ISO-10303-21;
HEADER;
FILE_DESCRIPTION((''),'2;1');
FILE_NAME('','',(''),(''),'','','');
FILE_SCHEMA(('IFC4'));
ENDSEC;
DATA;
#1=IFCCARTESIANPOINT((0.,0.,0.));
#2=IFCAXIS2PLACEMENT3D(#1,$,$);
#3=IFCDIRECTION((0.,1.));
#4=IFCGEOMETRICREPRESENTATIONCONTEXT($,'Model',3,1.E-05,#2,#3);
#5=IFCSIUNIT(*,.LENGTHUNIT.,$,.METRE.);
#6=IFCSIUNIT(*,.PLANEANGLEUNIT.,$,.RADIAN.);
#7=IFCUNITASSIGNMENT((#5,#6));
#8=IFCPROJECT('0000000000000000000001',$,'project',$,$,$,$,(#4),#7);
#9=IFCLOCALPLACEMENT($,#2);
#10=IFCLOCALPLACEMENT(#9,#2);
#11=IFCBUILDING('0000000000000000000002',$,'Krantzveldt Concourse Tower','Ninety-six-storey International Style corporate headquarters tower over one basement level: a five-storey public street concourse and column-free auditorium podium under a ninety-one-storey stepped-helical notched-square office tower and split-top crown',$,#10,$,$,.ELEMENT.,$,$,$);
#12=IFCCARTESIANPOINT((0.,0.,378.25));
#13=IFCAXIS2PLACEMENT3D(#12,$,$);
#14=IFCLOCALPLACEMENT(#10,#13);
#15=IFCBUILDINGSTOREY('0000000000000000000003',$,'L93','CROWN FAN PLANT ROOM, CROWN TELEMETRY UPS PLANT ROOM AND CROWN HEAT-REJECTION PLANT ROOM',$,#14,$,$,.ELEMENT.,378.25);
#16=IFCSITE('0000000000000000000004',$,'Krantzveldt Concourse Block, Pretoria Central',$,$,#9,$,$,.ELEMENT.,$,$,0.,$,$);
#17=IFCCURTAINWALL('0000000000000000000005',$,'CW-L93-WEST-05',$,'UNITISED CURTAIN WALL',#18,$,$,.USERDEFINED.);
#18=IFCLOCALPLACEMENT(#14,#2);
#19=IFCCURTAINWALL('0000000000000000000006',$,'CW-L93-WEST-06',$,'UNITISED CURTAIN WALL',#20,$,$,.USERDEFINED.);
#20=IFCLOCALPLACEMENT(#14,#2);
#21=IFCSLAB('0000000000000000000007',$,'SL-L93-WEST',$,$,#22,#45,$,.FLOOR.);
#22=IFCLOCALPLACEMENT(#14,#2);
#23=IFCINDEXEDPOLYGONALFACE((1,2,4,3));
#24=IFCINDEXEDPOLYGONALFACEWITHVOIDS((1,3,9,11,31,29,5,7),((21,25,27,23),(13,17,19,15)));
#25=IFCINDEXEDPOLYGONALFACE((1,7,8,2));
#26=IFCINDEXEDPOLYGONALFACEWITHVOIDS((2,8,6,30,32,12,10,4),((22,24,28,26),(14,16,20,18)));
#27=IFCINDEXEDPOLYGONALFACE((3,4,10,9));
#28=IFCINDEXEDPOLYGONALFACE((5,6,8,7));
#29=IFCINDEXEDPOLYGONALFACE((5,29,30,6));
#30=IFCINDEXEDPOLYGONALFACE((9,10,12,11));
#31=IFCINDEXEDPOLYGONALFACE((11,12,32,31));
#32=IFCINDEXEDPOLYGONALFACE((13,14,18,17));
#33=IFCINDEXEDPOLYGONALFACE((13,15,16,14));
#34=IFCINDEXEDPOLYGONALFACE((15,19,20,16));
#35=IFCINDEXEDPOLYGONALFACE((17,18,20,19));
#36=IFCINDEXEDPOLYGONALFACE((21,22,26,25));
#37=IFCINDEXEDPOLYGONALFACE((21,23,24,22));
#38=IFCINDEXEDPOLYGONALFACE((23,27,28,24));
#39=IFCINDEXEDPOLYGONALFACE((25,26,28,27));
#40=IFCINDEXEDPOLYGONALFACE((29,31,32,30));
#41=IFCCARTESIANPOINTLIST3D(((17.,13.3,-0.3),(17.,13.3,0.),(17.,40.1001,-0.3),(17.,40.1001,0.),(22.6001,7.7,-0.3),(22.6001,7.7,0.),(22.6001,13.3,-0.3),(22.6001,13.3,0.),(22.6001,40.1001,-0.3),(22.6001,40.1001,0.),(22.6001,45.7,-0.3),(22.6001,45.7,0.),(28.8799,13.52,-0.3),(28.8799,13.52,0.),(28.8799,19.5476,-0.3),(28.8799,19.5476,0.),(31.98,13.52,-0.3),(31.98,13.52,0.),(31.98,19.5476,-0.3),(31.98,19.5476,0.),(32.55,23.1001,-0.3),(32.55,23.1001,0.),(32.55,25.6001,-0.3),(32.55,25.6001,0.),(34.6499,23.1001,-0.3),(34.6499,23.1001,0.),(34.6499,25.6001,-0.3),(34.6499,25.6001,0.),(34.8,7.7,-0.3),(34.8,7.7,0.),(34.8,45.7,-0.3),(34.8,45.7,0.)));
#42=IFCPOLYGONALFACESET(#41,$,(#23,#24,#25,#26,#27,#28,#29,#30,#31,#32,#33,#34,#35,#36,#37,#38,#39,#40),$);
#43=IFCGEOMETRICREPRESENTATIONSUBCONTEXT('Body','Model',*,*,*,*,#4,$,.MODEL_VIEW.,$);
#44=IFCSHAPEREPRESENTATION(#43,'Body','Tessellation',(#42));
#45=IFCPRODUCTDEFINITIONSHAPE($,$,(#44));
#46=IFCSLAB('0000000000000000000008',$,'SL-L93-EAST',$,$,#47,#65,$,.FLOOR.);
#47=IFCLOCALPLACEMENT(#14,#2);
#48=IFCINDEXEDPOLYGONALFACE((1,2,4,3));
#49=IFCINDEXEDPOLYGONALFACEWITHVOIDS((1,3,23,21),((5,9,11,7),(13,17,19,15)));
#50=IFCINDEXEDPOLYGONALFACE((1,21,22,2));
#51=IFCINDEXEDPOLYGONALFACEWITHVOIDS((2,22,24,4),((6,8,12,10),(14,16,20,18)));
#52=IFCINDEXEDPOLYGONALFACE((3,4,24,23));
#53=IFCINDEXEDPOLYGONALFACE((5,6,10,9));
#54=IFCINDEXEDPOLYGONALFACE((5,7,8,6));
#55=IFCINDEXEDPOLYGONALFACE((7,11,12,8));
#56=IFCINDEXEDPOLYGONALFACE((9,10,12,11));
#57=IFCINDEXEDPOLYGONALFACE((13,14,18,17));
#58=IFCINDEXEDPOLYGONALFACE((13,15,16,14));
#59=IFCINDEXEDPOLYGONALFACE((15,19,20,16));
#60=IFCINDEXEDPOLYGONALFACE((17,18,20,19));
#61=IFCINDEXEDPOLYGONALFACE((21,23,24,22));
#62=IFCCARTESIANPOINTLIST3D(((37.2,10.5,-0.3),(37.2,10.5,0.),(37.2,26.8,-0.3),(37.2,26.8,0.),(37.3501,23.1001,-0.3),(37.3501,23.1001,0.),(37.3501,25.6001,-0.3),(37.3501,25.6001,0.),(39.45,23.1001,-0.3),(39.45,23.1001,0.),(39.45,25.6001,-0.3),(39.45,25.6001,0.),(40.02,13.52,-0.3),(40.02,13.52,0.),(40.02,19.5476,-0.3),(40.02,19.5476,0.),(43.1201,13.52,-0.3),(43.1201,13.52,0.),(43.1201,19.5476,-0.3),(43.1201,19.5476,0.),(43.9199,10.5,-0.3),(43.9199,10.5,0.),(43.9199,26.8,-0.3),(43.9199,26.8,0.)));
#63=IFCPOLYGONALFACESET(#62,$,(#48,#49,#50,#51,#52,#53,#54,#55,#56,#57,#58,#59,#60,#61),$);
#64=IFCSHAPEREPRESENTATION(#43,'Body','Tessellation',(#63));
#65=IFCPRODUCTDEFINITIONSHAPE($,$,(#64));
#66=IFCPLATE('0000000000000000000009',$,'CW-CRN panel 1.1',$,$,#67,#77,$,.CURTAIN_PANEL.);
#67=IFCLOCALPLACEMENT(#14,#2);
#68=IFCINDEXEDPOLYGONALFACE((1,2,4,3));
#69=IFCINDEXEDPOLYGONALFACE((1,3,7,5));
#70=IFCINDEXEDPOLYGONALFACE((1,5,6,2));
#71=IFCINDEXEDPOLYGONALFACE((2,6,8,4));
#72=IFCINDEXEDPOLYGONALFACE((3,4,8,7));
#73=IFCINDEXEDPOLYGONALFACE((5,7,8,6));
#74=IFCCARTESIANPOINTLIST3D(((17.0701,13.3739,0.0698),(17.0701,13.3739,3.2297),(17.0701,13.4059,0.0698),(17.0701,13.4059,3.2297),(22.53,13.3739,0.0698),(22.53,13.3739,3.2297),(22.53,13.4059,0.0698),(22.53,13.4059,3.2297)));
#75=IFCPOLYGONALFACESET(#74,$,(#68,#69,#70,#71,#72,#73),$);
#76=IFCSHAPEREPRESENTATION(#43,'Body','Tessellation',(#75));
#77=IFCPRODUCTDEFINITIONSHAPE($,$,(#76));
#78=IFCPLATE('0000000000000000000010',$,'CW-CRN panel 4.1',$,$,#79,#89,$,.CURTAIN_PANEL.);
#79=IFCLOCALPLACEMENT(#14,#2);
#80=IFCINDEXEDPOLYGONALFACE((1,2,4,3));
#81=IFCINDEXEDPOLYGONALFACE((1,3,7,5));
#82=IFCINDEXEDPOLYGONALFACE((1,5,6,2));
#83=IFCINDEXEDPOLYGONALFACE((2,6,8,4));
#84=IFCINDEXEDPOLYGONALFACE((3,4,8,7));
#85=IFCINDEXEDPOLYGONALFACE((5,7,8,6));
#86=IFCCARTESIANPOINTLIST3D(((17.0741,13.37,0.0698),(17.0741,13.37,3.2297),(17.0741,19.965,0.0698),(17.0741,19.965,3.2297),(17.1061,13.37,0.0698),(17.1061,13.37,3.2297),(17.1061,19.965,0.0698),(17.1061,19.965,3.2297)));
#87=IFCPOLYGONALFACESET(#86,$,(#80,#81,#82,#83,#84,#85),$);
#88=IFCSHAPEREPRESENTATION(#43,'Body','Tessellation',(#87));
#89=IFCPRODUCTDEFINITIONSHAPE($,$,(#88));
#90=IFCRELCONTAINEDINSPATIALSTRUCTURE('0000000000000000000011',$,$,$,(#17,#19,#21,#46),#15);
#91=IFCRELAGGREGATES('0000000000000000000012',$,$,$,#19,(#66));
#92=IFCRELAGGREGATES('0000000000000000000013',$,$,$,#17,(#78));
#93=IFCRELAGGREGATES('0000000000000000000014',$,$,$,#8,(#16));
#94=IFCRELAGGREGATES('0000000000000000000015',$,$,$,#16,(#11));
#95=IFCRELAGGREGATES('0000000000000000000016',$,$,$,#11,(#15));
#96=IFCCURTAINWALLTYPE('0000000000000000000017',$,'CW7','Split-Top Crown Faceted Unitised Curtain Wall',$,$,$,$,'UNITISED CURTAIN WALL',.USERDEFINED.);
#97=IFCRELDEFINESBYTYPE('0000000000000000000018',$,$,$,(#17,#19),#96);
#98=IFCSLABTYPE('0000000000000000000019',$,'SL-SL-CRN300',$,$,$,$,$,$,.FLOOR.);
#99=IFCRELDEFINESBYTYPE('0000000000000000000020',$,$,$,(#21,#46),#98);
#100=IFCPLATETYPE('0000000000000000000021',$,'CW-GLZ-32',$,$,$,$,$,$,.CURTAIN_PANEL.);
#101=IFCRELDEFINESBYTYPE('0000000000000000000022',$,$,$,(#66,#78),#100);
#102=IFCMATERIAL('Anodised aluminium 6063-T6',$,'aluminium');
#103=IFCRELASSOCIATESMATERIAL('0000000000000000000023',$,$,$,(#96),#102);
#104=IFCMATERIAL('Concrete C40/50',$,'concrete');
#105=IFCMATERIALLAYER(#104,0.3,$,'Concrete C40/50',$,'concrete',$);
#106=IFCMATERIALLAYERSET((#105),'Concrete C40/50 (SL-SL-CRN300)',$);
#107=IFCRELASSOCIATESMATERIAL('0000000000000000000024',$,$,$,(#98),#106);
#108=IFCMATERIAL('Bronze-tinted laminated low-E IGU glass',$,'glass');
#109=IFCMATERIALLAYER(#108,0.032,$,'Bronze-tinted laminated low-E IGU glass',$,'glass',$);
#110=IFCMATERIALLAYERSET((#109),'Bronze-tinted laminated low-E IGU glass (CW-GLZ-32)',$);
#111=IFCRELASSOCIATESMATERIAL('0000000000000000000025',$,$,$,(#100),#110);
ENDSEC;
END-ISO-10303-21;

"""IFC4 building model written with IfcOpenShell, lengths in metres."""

from ifc_helpers import new_model, si_unit, direction, frame, origin, origin_2d, place, context, subcontext, project, spatial, polyline, rectangle, outline, extrude, source, transform, mapped, material, layer, layer_set, type_object, type_shapes, element, aggregate, save


model = new_model("IFC4")

# Units and contexts
model_context = context("Model", 3, precision=1e-05, world=origin(), true_north=direction((0.0, 1.0)))
body_context = subcontext(model_context, "Body", "Model", "MODEL_VIEW")
ifc_project = project(units=[si_unit("LENGTHUNIT", "METRE"), si_unit("PLANEANGLEUNIT", "RADIAN")], contexts=[model_context])

# Site, building, storey
site_placement = place(None, origin())
site = spatial("IfcSite", under=ifc_project, at=site_placement, Name="Krantzveldt Concourse Block, Pretoria Central", CompositionType="ELEMENT", RefElevation=0.0)
building_placement = place(site_placement, origin())
building = spatial("IfcBuilding", under=site, at=building_placement, Name="Krantzveldt Concourse Tower", Description="Ninety-six-storey International Style corporate headquarters tower over one basement level: a five-storey public street concourse and column-free auditorium podium under a ninety-one-storey stepped-helical notched-square office tower and split-top crown", CompositionType="ELEMENT")
storey_placement = place(building_placement, frame((0.0, 0.0, 378.25)))
storey = spatial("IfcBuildingStorey", under=building, at=storey_placement, Name="L93", Description="CROWN FAN PLANT ROOM, CROWN TELEMETRY UPS PLANT ROOM AND CROWN HEAT-REJECTION PLANT ROOM", CompositionType="ELEMENT", Elevation=378.25)

# Curtain walls
ifc_material_1 = material(Name="Anodised aluminium 6063-T6", Category="aluminium")
curtain_wall_type = type_object("IfcCurtainWallType", Name="CW7", Description="Split-Top Crown Faceted Unitised Curtain Wall", ElementType="UNITISED CURTAIN WALL", PredefinedType="USERDEFINED", material=ifc_material_1)
curtain_wall_1_placement = place(storey_placement, origin())
curtain_wall_1 = element("IfcCurtainWall", 1, at=curtain_wall_1_placement, inside=storey, type_object=curtain_wall_type, Name="CW-L93-WEST-05", ObjectType="UNITISED CURTAIN WALL", PredefinedType="USERDEFINED")
curtain_wall_2_placement = place(storey_placement, origin())
curtain_wall_2 = element("IfcCurtainWall", 2, at=curtain_wall_2_placement, inside=storey, type_object=curtain_wall_type, Name="CW-L93-WEST-06", ObjectType="UNITISED CURTAIN WALL", PredefinedType="USERDEFINED")

# Slabs
ifc_material_2 = material(Name="Concrete C40/50", Category="concrete")
ifc_layer_1 = layer(ifc_material_2, 0.3, Name="Concrete C40/50", Category="concrete")
ifc_layer_set_1 = layer_set([ifc_layer_1], Name="Concrete C40/50 (SL-SL-CRN300)")
slab_type_1 = type_object("IfcSlabType", Name="SL-SL-CRN300", PredefinedType="FLOOR", material=ifc_layer_set_1)
slab_1_placement = place(storey_placement, frame((0.0, 0.0, -0.3)))
element("IfcSlab", 3, at=slab_1_placement, inside=storey, type_object=slab_type_1, Name="SL-L93-WEST", PredefinedType="FLOOR", context=body_context, shape_type="SweptSolid", body=[
    extrude(outline(polyline([(22.6001, 7.7), (34.8, 7.7), (34.8, 45.7), (22.6001, 45.7), (22.6001, 40.1001), (17.0, 40.1001), (17.0, 13.3), (22.6001, 13.3), (22.6001, 7.7)]), holes=[polyline([(28.8799, 19.5476), (28.8799, 13.52), (31.98, 13.52), (31.98, 19.5476), (28.8799, 19.5476)]), polyline([(32.55, 23.1001), (34.6499, 23.1001), (34.6499, 25.6001), (32.55, 25.6001), (32.55, 23.1001)])]), origin(), (0.0, 0.0, 1.0), 0.3),
])
slab_2_placement = place(storey_placement, frame((0.0, 0.0, -0.3)))
element("IfcSlab", 4, at=slab_2_placement, inside=storey, type_object=slab_type_1, Name="SL-L93-EAST", PredefinedType="FLOOR", context=body_context, shape_type="SweptSolid", body=[
    extrude(outline(polyline([(37.2, 10.5), (43.9199, 10.5), (43.9199, 26.8), (37.2, 26.8), (37.2, 10.5)]), holes=[polyline([(40.02, 19.5476), (40.02, 13.52), (43.1201, 13.52), (43.1201, 19.5476), (40.02, 19.5476)]), polyline([(37.3501, 23.1001), (39.45, 23.1001), (39.45, 25.6001), (37.3501, 25.6001), (37.3501, 23.1001)])]), origin(), (0.0, 0.0, 1.0), 0.3),
])

# Plates
ifc_material_3 = material(Name="Bronze-tinted laminated low-E IGU glass", Category="glass")
ifc_layer_2 = layer(ifc_material_3, 0.032, Name="Bronze-tinted laminated low-E IGU glass", Category="glass")
ifc_layer_set_2 = layer_set([ifc_layer_2], Name="Bronze-tinted laminated low-E IGU glass (CW-GLZ-32)")
plate_type = type_object("IfcPlateType", Name="CW-GLZ-32", PredefinedType="CURTAIN_PANEL", material=ifc_layer_set_2)
shared_shape_1 = source(origin(), body_context, "Body", "SweptSolid", [
    extrude(rectangle(XDim=5.46, YDim=0.032, at=origin_2d()), origin(), (0.0, 0.0, 1.0), 3.1599),
])
plate_1_placement = place(storey_placement, frame((19.8, 13.3899, 0.0698), z_axis=(0.0, 0.0, 1.0), x_axis=(1.0, 0.0, 0.0)))
plate_1 = element("IfcPlate", 5, at=plate_1_placement, type_object=plate_type, Name="CW-CRN panel 1.1", PredefinedType="CURTAIN_PANEL", context=body_context, shape_type="MappedRepresentation", body=[
    mapped(shared_shape_1, transform((0.0, 0.0, 0.0), x_axis=(1.0, 0.0, 0.0), y_axis=(0.0, 1.0, 0.0), z_axis=(0.0, 0.0, 1.0), scale=1.0)),
])
aggregate(curtain_wall_2, [plate_1])
shared_shape_2 = source(origin(), body_context, "Body", "SweptSolid", [
    extrude(rectangle(XDim=6.595, YDim=0.032, at=origin_2d()), origin(), (0.0, 0.0, 1.0), 3.1599),
])
type_shapes(plate_type, [shared_shape_1, shared_shape_2])
plate_2_placement = place(storey_placement, frame((17.0901, 16.6675, 0.0698), z_axis=(0.0, 0.0, 1.0), x_axis=(0.0, -1.0, 0.0)))
plate_2 = element("IfcPlate", 6, at=plate_2_placement, type_object=plate_type, Name="CW-CRN panel 4.1", PredefinedType="CURTAIN_PANEL", context=body_context, shape_type="MappedRepresentation", body=[
    mapped(shared_shape_2, transform((0.0, 0.0, 0.0), x_axis=(1.0, 0.0, 0.0), y_axis=(0.0, 1.0, 0.0), z_axis=(0.0, 0.0, 1.0), scale=1.0)),
])
aggregate(curtain_wall_1, [plate_2])

save(model, "model.ifc")
